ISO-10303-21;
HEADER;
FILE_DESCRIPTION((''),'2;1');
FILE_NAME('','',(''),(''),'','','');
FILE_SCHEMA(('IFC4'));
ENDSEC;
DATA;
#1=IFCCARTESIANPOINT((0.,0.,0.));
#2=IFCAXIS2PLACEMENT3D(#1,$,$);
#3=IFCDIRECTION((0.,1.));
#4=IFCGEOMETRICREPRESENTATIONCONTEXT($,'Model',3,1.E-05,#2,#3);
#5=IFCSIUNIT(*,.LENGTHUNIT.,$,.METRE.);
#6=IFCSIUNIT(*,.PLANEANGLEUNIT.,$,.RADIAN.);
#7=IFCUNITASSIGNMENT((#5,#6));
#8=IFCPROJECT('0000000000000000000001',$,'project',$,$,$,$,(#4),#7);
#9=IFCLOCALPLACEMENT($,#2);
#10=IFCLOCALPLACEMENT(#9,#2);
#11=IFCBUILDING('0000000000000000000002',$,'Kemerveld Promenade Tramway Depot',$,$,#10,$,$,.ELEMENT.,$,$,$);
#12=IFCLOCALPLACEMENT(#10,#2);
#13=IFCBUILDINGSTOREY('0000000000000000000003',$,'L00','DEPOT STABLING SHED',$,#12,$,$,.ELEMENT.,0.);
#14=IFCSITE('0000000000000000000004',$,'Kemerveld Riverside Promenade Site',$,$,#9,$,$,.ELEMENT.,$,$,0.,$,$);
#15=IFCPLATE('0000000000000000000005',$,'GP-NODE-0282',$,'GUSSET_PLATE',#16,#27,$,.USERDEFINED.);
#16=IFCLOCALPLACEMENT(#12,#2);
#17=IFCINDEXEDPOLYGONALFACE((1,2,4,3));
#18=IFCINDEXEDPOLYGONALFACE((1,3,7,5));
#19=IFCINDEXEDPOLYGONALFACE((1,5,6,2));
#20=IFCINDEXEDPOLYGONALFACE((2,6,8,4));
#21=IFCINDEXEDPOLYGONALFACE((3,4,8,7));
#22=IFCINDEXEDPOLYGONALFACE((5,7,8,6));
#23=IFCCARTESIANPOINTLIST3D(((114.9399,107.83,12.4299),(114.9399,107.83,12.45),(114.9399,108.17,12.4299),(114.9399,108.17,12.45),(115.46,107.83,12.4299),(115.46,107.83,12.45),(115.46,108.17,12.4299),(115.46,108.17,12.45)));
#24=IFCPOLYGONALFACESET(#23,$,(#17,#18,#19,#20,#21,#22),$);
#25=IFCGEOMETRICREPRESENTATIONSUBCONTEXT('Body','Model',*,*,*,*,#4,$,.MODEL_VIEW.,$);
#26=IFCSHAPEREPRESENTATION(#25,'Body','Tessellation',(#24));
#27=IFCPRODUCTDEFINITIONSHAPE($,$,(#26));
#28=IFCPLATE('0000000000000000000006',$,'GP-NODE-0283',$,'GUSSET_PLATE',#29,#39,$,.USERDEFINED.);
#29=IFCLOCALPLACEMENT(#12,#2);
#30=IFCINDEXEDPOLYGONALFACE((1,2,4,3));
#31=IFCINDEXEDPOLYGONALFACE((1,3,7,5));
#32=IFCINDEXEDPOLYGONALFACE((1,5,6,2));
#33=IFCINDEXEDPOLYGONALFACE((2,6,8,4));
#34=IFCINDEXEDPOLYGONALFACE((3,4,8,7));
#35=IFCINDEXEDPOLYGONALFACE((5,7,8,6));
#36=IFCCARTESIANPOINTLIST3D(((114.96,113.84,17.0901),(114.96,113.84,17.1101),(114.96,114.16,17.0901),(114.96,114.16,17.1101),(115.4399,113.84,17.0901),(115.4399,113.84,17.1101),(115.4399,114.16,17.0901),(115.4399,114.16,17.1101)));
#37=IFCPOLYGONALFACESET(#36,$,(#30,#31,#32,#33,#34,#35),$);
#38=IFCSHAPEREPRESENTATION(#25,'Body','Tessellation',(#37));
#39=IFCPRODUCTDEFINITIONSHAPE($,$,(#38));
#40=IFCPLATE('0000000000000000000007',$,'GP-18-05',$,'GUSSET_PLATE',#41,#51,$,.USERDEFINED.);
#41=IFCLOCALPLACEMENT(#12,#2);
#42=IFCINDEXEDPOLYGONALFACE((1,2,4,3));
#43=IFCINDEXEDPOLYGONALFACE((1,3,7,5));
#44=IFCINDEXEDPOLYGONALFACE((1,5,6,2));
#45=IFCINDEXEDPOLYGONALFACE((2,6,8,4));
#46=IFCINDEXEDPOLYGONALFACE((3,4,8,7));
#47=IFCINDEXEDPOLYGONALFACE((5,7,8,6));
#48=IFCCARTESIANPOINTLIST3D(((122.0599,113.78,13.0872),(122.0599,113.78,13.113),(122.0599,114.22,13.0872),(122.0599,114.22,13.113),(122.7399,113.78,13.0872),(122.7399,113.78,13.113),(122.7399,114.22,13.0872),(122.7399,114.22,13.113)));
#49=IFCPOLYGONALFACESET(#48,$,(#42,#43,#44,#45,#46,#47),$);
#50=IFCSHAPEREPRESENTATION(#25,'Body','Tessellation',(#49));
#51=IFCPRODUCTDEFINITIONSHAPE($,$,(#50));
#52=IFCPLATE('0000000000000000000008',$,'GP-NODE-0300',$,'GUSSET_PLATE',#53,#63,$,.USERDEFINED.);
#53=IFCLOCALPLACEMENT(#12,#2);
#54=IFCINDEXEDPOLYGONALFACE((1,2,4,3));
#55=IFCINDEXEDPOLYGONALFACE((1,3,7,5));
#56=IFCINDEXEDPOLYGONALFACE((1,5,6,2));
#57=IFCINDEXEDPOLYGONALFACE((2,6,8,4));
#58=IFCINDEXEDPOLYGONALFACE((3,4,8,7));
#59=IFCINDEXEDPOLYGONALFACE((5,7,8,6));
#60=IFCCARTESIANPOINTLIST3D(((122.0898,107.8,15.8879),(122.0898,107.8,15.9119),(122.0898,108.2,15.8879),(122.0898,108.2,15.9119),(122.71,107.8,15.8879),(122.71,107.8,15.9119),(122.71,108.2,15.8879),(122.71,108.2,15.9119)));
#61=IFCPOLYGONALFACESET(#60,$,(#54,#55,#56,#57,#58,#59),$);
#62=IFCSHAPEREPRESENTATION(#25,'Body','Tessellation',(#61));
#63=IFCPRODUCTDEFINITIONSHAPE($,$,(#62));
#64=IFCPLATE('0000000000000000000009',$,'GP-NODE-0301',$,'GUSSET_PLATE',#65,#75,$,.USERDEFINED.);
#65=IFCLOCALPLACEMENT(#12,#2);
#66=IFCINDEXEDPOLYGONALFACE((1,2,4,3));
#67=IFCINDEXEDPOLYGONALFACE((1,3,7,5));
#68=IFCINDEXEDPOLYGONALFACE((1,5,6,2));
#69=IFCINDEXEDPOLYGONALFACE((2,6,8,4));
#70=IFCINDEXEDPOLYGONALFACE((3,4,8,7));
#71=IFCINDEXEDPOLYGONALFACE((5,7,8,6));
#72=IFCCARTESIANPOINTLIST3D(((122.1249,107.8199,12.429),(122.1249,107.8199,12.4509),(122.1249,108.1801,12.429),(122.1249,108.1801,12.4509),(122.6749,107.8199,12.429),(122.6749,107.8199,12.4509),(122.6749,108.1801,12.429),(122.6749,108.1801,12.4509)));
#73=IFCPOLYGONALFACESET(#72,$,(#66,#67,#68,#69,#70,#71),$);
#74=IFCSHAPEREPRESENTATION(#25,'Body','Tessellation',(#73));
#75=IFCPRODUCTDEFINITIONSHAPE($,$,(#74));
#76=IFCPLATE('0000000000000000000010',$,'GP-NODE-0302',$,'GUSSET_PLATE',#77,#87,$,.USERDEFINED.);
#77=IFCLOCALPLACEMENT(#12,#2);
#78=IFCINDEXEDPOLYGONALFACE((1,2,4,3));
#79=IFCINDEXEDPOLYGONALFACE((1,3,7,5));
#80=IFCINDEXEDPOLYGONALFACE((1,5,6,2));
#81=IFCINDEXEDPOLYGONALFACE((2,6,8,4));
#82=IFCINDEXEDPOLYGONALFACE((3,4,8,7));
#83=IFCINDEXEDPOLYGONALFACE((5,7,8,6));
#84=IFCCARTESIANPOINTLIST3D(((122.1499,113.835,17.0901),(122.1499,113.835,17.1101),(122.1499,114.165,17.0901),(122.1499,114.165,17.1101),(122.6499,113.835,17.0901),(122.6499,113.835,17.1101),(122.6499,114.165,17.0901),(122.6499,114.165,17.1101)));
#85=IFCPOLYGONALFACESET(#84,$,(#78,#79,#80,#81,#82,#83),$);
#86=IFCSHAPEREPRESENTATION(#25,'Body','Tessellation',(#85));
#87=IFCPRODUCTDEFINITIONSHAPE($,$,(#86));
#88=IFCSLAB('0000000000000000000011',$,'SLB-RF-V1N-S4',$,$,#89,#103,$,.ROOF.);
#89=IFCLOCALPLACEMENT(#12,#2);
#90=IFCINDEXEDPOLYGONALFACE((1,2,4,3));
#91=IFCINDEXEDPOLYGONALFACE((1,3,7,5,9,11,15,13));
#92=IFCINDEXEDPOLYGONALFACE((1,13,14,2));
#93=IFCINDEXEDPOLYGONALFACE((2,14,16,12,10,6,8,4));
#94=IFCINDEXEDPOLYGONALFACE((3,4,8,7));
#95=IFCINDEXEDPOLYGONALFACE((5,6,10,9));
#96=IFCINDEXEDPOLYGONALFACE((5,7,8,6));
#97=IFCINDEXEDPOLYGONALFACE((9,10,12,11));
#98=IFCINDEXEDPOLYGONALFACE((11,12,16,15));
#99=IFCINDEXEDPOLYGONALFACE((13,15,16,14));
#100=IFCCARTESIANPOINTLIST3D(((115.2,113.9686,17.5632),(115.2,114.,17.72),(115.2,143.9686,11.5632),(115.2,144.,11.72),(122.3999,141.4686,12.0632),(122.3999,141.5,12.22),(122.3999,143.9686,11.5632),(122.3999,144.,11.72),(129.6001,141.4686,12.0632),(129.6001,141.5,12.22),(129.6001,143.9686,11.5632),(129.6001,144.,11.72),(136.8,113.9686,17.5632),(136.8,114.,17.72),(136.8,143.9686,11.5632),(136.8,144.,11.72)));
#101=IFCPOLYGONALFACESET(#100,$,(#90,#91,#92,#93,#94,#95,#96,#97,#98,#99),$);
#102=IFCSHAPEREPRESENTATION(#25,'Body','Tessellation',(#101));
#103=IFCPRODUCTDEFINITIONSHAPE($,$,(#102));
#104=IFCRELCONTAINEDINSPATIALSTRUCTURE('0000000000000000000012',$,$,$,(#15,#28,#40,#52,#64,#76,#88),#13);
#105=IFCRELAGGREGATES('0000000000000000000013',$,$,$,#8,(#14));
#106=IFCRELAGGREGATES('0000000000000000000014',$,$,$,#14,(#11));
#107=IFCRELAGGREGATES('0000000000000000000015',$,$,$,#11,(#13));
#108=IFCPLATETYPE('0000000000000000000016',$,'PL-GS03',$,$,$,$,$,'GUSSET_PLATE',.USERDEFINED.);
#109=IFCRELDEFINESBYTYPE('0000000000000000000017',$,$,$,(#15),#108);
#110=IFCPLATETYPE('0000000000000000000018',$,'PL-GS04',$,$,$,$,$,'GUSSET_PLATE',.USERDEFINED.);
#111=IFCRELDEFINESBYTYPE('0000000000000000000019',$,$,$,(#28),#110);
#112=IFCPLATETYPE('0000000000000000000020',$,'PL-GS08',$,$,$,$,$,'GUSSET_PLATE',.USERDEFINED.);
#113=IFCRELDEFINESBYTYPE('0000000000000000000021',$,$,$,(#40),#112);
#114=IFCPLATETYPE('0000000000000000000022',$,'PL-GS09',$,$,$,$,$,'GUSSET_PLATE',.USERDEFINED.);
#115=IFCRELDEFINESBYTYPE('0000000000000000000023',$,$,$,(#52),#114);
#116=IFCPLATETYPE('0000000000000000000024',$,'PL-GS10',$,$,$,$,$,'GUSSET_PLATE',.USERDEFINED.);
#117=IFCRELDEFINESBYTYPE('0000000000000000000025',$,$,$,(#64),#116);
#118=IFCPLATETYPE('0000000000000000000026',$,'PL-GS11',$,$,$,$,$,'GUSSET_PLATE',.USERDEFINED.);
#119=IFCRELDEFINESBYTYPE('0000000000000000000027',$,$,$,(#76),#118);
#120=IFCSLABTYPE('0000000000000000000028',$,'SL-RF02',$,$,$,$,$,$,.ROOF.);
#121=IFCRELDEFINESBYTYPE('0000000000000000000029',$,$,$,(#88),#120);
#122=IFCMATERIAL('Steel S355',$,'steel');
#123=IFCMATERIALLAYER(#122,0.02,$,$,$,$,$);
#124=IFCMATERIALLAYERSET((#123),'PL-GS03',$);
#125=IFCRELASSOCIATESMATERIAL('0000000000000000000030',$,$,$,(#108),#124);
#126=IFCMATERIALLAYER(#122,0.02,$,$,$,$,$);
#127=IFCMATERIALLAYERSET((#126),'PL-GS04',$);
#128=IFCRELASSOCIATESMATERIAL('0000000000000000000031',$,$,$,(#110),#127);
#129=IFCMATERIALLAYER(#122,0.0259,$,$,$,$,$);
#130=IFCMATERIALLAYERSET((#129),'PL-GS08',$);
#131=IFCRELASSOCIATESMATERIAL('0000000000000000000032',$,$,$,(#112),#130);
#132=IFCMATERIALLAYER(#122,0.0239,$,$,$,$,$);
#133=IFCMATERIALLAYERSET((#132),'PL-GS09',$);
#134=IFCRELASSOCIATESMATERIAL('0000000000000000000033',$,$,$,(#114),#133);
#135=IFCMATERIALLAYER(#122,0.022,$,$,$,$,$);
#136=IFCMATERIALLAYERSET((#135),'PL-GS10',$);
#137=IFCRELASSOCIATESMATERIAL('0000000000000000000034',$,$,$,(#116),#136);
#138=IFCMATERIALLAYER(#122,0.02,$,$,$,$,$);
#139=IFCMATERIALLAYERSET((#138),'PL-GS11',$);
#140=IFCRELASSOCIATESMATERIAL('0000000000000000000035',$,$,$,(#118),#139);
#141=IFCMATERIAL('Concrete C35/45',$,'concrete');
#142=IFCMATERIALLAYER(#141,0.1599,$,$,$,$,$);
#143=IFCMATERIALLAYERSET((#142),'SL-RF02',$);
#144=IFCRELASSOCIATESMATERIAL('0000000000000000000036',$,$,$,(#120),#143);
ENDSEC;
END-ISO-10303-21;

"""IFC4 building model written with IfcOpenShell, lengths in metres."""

from ifc_helpers import new_model, si_unit, direction, frame, origin, origin_2d, place, context, subcontext, project, spatial, polyline, rectangle, outline, extrude, material, layer, layer_set, type_object, element, save


model = new_model("IFC4")

# Units and contexts
model_context = context("Model", 3, precision=1e-05, world=origin(), true_north=direction((0.0, 1.0)))
body_context = subcontext(model_context, "Body", "Model", "MODEL_VIEW")
ifc_project = project(units=[si_unit("LENGTHUNIT", "METRE"), si_unit("PLANEANGLEUNIT", "RADIAN")], contexts=[model_context])

# Site, building, storey
site_placement = place(None, origin())
site = spatial("IfcSite", under=ifc_project, at=site_placement, Name="Kemerveld Riverside Promenade Site", CompositionType="ELEMENT", RefElevation=0.0)
building_placement = place(site_placement, origin())
building = spatial("IfcBuilding", under=site, at=building_placement, Name="Kemerveld Promenade Tramway Depot", CompositionType="ELEMENT")
storey_placement = place(building_placement, origin())
storey = spatial("IfcBuildingStorey", under=building, at=storey_placement, Name="L00", Description="DEPOT STABLING SHED", CompositionType="ELEMENT", Elevation=0.0)

# Shared definitions
ifc_material_1 = material(Name="Concrete C35/45", Category="concrete")

# Shared definitions
ifc_material_2 = material(Name="Steel S355", Category="steel")

# Plates
ifc_layer_1 = layer(ifc_material_2, 0.02)
ifc_layer_set_1 = layer_set([ifc_layer_1], Name="PL-GS03")
plate_type_1 = type_object("IfcPlateType", Name="PL-GS03", ElementType="GUSSET_PLATE", PredefinedType="USERDEFINED", material=ifc_layer_set_1)
plate_1_placement = place(storey_placement, frame((115.2, 108.0, 12.4299), z_axis=(0.0, 0.0, 1.0), x_axis=(1.0, 0.0, 0.0)))
element("IfcPlate", 1, at=plate_1_placement, inside=storey, type_object=plate_type_1, Name="GP-NODE-0282", ObjectType="GUSSET_PLATE", PredefinedType="USERDEFINED", context=body_context, shape_type="SweptSolid", body=[
    extrude(rectangle(XDim=0.52, YDim=0.3401, at=origin_2d()), origin(), (0.0, 0.0, 1.0), 0.02),
])
ifc_layer_2 = layer(ifc_material_2, 0.02)
ifc_layer_set_2 = layer_set([ifc_layer_2], Name="PL-GS04")
plate_type_2 = type_object("IfcPlateType", Name="PL-GS04", ElementType="GUSSET_PLATE", PredefinedType="USERDEFINED", material=ifc_layer_set_2)
plate_2_placement = place(storey_placement, frame((115.2, 114.0, 17.0901), z_axis=(0.0, 0.0, 1.0), x_axis=(1.0, 0.0, 0.0)))
element("IfcPlate", 2, at=plate_2_placement, inside=storey, type_object=plate_type_2, Name="GP-NODE-0283", ObjectType="GUSSET_PLATE", PredefinedType="USERDEFINED", context=body_context, shape_type="SweptSolid", body=[
    extrude(rectangle(XDim=0.48, YDim=0.3201, at=origin_2d()), origin(), (0.0, 0.0, 1.0), 0.02),
])
ifc_layer_3 = layer(ifc_material_2, 0.0259)
ifc_layer_set_3 = layer_set([ifc_layer_3], Name="PL-GS08")
plate_type_3 = type_object("IfcPlateType", Name="PL-GS08", ElementType="GUSSET_PLATE", PredefinedType="USERDEFINED", material=ifc_layer_set_3)
plate_3_placement = place(storey_placement, frame((122.3999, 114.0, 13.0872), z_axis=(0.0, 0.0, 1.0), x_axis=(1.0, 0.0, 0.0)))
element("IfcPlate", 3, at=plate_3_placement, inside=storey, type_object=plate_type_3, Name="GP-18-05", ObjectType="GUSSET_PLATE", PredefinedType="USERDEFINED", context=body_context, shape_type="SweptSolid", body=[
    extrude(rectangle(XDim=0.6799, YDim=0.4399, at=origin_2d()), origin(), (0.0, 0.0, 1.0), 0.0259),
])
ifc_layer_4 = layer(ifc_material_2, 0.0239)
ifc_layer_set_4 = layer_set([ifc_layer_4], Name="PL-GS09")
plate_type_4 = type_object("IfcPlateType", Name="PL-GS09", ElementType="GUSSET_PLATE", PredefinedType="USERDEFINED", material=ifc_layer_set_4)
plate_4_placement = place(storey_placement, frame((122.3999, 108.0, 15.8879), z_axis=(0.0, 0.0, 1.0), x_axis=(1.0, 0.0, 0.0)))
element("IfcPlate", 4, at=plate_4_placement, inside=storey, type_object=plate_type_4, Name="GP-NODE-0300", ObjectType="GUSSET_PLATE", PredefinedType="USERDEFINED", context=body_context, shape_type="SweptSolid", body=[
    extrude(rectangle(XDim=0.6201, YDim=0.3999, at=origin_2d()), origin(), (0.0, 0.0, 1.0), 0.0239),
])
ifc_layer_5 = layer(ifc_material_2, 0.022)
ifc_layer_set_5 = layer_set([ifc_layer_5], Name="PL-GS10")
plate_type_5 = type_object("IfcPlateType", Name="PL-GS10", ElementType="GUSSET_PLATE", PredefinedType="USERDEFINED", material=ifc_layer_set_5)
plate_5_placement = place(storey_placement, frame((122.3999, 108.0, 12.429), z_axis=(0.0, 0.0, 1.0), x_axis=(1.0, 0.0, 0.0)))
element("IfcPlate", 5, at=plate_5_placement, inside=storey, type_object=plate_type_5, Name="GP-NODE-0301", ObjectType="GUSSET_PLATE", PredefinedType="USERDEFINED", context=body_context, shape_type="SweptSolid", body=[
    extrude(rectangle(XDim=0.55, YDim=0.3601, at=origin_2d()), origin(), (0.0, 0.0, 1.0), 0.022),
])
ifc_layer_6 = layer(ifc_material_2, 0.02)
ifc_layer_set_6 = layer_set([ifc_layer_6], Name="PL-GS11")
plate_type_6 = type_object("IfcPlateType", Name="PL-GS11", ElementType="GUSSET_PLATE", PredefinedType="USERDEFINED", material=ifc_layer_set_6)
plate_6_placement = place(storey_placement, frame((122.3999, 114.0, 17.0901), z_axis=(0.0, 0.0, 1.0), x_axis=(1.0, 0.0, 0.0)))
element("IfcPlate", 6, at=plate_6_placement, inside=storey, type_object=plate_type_6, Name="GP-NODE-0302", ObjectType="GUSSET_PLATE", PredefinedType="USERDEFINED", context=body_context, shape_type="SweptSolid", body=[
    extrude(rectangle(XDim=0.5, YDim=0.3301, at=origin_2d()), origin(), (0.0, 0.0, 1.0), 0.02),
])

# Slab
ifc_layer_7 = layer(ifc_material_1, 0.1599)
ifc_layer_set_7 = layer_set([ifc_layer_7], Name="SL-RF02")
slab_type = type_object("IfcSlabType", Name="SL-RF02", PredefinedType="ROOF", material=ifc_layer_set_7)
slab_placement = place(storey_placement, frame((115.2, 114.0, 17.72), z_axis=(0.0, 0.196116, 0.980581), x_axis=(1.0, 0.0, 0.0)))
element("IfcSlab", 7, at=slab_placement, inside=storey, type_object=slab_type, Name="SLB-RF-V1N-S4", PredefinedType="ROOF", context=body_context, shape_type="SweptSolid", body=[
    extrude(outline(polyline([(0.0, 0.0), (21.6001, 0.0), (21.6001, 30.5941), (14.4001, 30.5941), (14.4001, 28.0446), (7.2, 28.0446), (7.2, 30.5941), (0.0, 30.5941), (0.0, 0.0)])), origin(), (0.0, 0.0, -1.0), 0.1599),
])

save(model, "model.ifc")
